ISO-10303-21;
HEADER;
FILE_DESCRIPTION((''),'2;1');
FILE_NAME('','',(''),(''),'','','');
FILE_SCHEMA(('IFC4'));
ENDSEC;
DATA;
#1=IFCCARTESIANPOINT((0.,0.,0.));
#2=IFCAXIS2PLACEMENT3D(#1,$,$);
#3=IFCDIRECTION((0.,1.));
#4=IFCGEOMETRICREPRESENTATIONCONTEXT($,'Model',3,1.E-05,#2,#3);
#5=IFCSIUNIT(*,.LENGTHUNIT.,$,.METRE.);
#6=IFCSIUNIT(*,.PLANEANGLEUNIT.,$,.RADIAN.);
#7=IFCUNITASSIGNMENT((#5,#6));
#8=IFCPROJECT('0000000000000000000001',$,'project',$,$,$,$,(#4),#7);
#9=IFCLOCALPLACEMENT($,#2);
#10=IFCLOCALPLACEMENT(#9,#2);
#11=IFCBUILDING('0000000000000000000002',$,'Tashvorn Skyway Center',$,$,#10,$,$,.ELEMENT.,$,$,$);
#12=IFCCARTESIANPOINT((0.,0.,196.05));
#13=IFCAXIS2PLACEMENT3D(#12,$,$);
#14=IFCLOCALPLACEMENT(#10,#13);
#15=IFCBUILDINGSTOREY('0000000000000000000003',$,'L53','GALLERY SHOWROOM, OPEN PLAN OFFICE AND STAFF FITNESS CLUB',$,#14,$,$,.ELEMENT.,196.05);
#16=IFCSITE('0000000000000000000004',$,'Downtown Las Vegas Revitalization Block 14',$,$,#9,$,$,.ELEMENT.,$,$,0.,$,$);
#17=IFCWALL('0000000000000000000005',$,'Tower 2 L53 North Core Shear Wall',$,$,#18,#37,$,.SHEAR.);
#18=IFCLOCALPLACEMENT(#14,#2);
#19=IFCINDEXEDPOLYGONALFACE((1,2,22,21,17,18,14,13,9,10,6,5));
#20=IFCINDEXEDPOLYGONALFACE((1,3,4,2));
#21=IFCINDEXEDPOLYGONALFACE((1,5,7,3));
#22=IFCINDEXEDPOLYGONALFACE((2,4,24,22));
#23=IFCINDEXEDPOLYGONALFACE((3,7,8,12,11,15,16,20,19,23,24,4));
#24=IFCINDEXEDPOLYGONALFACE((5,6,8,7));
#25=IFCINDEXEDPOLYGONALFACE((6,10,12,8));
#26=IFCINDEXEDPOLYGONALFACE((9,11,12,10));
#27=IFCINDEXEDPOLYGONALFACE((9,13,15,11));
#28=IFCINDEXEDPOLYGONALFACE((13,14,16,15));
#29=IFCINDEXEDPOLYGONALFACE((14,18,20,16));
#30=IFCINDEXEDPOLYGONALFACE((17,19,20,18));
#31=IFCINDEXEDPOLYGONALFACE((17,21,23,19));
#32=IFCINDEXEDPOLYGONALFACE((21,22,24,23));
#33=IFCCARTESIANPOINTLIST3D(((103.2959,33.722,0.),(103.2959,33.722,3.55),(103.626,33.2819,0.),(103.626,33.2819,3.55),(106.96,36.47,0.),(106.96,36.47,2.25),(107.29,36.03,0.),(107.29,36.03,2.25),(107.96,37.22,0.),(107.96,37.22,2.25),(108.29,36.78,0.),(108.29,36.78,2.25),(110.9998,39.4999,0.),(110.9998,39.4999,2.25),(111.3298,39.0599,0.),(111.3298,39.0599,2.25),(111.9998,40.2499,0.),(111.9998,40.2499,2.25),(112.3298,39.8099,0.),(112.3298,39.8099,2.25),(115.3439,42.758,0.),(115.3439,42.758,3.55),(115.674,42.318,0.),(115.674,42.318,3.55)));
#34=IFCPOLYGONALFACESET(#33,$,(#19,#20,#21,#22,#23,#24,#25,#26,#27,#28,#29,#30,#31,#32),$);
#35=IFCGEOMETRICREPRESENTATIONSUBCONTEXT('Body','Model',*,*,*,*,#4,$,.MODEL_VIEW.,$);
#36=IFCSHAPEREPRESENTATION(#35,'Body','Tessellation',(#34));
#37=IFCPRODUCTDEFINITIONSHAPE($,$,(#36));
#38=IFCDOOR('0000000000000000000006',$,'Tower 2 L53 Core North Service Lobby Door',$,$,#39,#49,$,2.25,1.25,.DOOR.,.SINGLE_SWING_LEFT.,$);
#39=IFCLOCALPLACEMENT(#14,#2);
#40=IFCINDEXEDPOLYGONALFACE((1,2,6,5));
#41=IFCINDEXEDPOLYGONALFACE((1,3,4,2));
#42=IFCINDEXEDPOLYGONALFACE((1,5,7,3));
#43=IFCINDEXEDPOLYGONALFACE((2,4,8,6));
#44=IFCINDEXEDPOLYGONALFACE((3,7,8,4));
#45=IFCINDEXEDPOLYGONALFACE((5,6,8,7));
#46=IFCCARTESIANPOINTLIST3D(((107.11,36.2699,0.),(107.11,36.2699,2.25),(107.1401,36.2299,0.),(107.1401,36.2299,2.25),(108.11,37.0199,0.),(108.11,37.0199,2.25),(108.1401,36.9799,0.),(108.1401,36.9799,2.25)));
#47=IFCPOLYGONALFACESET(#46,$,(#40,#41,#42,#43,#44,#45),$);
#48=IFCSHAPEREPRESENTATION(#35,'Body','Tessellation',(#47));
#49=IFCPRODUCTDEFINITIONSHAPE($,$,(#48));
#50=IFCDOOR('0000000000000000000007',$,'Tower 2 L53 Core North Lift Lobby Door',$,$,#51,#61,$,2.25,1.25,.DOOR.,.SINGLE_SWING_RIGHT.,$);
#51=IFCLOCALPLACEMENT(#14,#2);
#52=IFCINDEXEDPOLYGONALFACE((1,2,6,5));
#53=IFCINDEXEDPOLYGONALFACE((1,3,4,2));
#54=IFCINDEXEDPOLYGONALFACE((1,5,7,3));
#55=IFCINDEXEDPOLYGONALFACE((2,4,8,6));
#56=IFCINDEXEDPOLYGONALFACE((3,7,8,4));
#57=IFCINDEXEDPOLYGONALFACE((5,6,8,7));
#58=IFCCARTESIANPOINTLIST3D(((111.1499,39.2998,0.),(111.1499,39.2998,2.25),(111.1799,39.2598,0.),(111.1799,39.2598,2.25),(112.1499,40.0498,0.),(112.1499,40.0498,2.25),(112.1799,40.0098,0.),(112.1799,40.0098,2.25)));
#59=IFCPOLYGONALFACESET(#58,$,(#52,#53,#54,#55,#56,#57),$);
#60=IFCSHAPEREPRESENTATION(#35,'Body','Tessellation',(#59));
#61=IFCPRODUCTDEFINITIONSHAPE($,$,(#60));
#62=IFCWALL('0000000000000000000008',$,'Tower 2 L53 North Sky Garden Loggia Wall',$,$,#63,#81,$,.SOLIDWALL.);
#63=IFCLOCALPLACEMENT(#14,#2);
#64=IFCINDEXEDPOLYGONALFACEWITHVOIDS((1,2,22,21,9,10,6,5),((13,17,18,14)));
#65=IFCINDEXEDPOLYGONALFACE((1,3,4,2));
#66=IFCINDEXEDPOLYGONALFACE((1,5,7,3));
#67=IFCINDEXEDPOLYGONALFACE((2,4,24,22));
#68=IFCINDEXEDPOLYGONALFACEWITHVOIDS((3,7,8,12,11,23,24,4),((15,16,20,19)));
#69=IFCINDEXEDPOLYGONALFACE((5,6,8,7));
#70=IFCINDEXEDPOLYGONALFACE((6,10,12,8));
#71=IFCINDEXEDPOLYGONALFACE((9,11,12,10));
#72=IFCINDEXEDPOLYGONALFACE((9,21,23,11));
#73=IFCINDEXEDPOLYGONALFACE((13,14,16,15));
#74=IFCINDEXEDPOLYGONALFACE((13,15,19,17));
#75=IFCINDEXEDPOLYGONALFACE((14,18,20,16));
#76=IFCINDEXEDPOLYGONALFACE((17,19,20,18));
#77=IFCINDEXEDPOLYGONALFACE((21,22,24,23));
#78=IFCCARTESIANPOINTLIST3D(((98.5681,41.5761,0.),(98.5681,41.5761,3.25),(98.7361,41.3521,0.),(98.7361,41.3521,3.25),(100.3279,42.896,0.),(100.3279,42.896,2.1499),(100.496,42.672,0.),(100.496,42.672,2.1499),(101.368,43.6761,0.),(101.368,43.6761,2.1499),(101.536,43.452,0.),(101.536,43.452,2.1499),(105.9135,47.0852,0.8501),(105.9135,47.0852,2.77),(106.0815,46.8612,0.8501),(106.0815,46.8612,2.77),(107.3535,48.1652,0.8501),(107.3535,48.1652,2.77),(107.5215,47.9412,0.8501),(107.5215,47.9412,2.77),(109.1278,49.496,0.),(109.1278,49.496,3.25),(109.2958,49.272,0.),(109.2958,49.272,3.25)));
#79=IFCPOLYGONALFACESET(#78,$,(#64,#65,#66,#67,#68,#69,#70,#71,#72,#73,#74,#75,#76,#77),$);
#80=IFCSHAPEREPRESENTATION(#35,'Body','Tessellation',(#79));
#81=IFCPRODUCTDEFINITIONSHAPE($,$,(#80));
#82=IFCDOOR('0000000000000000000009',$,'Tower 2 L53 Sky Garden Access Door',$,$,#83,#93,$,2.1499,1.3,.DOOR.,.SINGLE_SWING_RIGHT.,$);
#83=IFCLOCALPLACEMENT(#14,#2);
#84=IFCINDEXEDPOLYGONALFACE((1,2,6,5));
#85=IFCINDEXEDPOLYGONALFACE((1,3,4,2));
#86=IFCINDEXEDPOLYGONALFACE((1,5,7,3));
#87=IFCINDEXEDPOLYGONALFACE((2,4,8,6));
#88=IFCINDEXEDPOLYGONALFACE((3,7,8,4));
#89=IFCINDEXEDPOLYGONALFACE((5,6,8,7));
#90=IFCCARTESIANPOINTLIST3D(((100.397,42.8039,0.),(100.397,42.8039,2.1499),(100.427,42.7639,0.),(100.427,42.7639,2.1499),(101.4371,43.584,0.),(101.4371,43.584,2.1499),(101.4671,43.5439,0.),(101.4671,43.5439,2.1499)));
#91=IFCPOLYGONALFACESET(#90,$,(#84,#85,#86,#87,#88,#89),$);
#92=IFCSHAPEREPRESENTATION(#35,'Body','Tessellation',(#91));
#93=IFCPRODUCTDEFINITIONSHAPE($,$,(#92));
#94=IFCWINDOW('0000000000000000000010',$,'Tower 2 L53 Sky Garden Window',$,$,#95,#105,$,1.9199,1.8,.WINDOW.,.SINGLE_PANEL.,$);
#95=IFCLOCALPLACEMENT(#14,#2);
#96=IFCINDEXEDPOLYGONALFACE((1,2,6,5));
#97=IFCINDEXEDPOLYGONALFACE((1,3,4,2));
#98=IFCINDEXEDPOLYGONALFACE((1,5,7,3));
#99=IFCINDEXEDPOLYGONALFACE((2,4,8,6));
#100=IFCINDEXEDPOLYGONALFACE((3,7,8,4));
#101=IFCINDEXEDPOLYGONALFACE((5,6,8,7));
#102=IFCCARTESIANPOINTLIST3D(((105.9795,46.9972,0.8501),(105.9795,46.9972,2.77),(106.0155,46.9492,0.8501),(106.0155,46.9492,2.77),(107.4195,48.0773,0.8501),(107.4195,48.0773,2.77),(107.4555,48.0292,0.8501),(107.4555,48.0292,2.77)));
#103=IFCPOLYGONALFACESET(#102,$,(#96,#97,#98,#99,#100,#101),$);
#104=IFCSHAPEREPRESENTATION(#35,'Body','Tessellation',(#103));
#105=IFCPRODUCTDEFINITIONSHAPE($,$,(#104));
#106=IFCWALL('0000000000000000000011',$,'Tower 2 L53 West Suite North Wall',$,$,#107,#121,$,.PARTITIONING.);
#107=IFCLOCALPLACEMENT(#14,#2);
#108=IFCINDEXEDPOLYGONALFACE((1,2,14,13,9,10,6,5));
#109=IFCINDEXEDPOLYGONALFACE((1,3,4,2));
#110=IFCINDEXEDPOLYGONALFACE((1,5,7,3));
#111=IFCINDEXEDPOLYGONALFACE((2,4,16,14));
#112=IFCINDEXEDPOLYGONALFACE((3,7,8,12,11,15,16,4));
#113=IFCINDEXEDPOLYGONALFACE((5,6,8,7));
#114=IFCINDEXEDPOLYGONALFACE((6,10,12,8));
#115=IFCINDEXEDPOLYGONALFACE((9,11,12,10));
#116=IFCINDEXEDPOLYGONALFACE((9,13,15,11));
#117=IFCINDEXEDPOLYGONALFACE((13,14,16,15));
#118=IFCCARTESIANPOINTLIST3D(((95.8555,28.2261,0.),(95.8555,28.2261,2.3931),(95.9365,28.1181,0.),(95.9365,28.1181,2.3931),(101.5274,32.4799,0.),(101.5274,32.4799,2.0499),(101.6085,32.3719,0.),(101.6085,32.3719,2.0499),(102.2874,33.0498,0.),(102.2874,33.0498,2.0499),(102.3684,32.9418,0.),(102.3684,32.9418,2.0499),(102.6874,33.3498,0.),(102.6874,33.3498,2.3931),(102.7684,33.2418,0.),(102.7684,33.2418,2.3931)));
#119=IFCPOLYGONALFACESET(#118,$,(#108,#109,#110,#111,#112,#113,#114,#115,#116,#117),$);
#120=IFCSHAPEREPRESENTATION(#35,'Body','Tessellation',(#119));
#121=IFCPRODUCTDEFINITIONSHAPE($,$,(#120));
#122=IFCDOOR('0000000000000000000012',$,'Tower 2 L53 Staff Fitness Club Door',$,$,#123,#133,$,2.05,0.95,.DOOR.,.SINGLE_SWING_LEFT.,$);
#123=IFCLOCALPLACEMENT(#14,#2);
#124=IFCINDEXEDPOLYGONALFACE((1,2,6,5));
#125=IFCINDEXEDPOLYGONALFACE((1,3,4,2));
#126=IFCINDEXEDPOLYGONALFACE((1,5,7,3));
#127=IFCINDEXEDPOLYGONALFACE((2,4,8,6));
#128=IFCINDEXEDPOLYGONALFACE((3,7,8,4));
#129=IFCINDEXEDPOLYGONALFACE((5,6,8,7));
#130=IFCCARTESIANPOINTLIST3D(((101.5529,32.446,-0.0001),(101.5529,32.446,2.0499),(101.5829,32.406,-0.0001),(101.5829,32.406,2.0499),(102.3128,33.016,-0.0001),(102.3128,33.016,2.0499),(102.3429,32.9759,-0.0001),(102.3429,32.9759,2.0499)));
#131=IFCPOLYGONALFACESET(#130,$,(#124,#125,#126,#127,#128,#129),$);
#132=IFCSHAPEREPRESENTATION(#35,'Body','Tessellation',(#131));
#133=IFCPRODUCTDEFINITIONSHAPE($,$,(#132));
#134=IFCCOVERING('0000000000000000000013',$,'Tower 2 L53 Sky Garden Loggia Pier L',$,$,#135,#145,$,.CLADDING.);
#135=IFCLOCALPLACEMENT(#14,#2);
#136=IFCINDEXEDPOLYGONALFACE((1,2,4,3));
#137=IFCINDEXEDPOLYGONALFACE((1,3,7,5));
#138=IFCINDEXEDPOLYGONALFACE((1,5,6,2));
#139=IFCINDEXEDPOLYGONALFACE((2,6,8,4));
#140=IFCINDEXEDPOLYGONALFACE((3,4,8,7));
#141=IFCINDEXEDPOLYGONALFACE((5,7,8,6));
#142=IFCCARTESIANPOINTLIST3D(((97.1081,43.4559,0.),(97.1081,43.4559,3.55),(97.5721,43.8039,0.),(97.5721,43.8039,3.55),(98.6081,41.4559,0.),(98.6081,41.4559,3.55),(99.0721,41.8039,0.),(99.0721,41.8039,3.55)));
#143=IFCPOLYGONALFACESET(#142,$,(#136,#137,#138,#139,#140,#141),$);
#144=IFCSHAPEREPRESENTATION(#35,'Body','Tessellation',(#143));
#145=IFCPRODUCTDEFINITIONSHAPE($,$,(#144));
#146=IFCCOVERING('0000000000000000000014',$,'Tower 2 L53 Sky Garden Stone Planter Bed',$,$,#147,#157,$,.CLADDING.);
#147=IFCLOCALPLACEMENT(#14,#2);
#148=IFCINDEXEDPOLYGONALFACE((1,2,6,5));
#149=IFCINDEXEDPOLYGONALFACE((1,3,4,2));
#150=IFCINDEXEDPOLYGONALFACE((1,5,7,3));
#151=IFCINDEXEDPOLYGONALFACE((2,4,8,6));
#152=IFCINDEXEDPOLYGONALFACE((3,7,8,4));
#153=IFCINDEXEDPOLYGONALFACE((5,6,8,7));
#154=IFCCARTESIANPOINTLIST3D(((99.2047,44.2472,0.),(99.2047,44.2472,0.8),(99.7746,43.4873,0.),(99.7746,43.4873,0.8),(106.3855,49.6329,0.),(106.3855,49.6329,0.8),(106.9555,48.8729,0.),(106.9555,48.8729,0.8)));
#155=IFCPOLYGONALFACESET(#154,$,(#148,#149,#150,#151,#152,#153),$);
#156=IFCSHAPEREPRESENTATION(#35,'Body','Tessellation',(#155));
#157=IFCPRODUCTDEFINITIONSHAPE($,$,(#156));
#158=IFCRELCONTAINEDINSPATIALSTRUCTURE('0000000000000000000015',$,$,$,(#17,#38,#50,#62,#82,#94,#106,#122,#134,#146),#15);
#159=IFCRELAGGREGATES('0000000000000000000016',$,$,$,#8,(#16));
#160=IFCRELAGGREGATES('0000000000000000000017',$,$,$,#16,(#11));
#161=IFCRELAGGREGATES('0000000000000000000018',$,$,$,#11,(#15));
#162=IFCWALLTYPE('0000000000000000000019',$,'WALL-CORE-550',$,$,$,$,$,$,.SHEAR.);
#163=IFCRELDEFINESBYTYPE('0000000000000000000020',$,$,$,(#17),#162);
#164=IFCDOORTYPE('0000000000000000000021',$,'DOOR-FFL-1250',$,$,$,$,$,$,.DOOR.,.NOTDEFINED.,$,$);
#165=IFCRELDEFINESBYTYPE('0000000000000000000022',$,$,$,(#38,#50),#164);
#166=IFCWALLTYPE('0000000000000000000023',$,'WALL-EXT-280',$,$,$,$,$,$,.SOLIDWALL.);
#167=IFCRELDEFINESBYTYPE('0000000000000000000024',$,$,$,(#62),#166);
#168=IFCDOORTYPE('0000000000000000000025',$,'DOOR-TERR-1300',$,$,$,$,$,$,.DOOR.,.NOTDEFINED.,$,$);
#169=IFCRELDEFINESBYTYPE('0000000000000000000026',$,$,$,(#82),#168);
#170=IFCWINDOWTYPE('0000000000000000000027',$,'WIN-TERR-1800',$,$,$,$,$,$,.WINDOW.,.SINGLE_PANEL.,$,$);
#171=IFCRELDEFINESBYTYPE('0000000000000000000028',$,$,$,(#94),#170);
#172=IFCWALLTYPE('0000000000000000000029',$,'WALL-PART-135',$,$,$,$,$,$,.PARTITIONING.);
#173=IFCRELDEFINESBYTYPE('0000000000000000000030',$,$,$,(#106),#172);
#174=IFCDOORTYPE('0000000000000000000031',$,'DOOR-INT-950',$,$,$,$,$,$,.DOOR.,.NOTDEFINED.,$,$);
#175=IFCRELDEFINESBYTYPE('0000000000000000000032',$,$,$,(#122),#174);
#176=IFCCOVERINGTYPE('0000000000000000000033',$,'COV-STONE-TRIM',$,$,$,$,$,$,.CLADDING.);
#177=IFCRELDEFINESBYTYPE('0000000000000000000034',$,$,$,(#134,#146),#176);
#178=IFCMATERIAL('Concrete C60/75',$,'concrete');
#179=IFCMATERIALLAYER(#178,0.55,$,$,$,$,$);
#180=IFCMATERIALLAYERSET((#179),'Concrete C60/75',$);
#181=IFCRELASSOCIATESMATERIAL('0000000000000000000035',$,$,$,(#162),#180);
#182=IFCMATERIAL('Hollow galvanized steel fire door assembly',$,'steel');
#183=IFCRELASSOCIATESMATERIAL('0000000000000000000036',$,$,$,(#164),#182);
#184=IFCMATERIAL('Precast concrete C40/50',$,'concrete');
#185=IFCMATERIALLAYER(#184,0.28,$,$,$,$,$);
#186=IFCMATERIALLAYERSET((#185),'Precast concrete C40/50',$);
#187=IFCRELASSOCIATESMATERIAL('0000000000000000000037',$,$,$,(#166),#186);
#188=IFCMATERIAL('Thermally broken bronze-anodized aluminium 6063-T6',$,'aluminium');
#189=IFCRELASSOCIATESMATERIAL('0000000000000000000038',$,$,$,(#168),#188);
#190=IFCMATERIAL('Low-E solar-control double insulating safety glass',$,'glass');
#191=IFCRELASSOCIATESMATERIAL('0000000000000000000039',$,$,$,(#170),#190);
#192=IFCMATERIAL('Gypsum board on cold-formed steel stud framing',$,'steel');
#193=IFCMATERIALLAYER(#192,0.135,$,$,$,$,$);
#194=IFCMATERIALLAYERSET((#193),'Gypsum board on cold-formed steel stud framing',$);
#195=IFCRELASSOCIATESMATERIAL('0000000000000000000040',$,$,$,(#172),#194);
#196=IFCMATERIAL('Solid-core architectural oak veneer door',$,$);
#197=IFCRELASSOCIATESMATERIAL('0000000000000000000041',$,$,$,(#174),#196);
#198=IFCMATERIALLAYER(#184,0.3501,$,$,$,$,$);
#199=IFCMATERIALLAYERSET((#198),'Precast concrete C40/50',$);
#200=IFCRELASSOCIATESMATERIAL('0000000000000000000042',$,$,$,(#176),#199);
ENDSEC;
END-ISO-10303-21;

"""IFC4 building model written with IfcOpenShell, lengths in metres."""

from ifc_helpers import new_model, si_unit, direction, frame, frame_2d, origin, origin_2d, place, context, subcontext, project, spatial, rectangle, extrude, material, layer, layer_set, type_object, element, fill, save


model = new_model("IFC4")

# Units and contexts
model_context = context("Model", 3, precision=1e-05, world=origin(), true_north=direction((0.0, 1.0)))
body_context = subcontext(model_context, "Body", "Model", "MODEL_VIEW")
ifc_project = project(units=[si_unit("LENGTHUNIT", "METRE"), si_unit("PLANEANGLEUNIT", "RADIAN")], contexts=[model_context])

# Site, building, storey
site_placement = place(None, origin())
site = spatial("IfcSite", under=ifc_project, at=site_placement, Name="Downtown Las Vegas Revitalization Block 14", CompositionType="ELEMENT", RefElevation=0.0)
building_placement = place(site_placement, origin())
building = spatial("IfcBuilding", under=site, at=building_placement, Name="Tashvorn Skyway Center", CompositionType="ELEMENT")
storey_placement = place(building_placement, frame((0.0, 0.0, 196.05)))
storey = spatial("IfcBuildingStorey", under=building, at=storey_placement, Name="L53", Description="GALLERY SHOWROOM, OPEN PLAN OFFICE AND STAFF FITNESS CLUB", CompositionType="ELEMENT", Elevation=196.05)

# Shared definitions
ifc_material_1 = material(Name="Thermally broken bronze-anodized aluminium 6063-T6", Category="aluminium")

# Wall, openings, doors
ifc_material_2 = material(Name="Concrete C60/75", Category="concrete")
ifc_layer_1 = layer(ifc_material_2, 0.55)
ifc_layer_set_1 = layer_set([ifc_layer_1], Name="Concrete C60/75")
wall_type_1 = type_object("IfcWallType", Name="WALL-CORE-550", PredefinedType="SHEAR", material=ifc_layer_set_1)
wall_1_placement = place(storey_placement, frame((103.4609, 33.502, 0.0), z_axis=(0.0, 0.0, 1.0), x_axis=(0.799998, 0.600003, 0.0)))
wall_1 = element("IfcWall", 1, at=wall_1_placement, inside=storey, type_object=wall_type_1, Name="Tower 2 L53 North Core Shear Wall", PredefinedType="SHEAR", context=body_context, shape_type="SweptSolid", body=[
    extrude(rectangle(XDim=15.0601, YDim=0.55, at=frame_2d((7.53, 0.0))), origin(), (0.0, 0.0, 1.0), 3.55),
])
opening_1_placement = place(wall_1_placement, frame((4.5801, 0.0, 0.0)))
opening_1 = element("IfcOpeningElement", 2, at=opening_1_placement, cuts=wall_1, PredefinedType="OPENING", context=body_context, shape_type="SweptSolid", body=[
    extrude(rectangle(XDim=1.25, YDim=2.25, at=frame_2d((0.625, 1.125))), frame((0.0, 0.2849, 0.0), z_axis=(0.0, -1.0, 0.0), x_axis=(1.0, 0.0, 0.0)), (0.0, 0.0, 1.0), 0.5701),
])
opening_2_placement = place(wall_1_placement, frame((9.6299, 0.0, 0.0)))
opening_2 = element("IfcOpeningElement", 3, at=opening_2_placement, cuts=wall_1, PredefinedType="OPENING", context=body_context, shape_type="SweptSolid", body=[
    extrude(rectangle(XDim=1.25, YDim=2.25, at=frame_2d((0.625, 1.125))), frame((0.0, 0.2849, 0.0), z_axis=(0.0, -1.0, 0.0), x_axis=(1.0, 0.0, 0.0)), (0.0, 0.0, 1.0), 0.5701),
])
ifc_material_3 = material(Name="Hollow galvanized steel fire door assembly", Category="steel")
door_type_1 = type_object("IfcDoorType", Name="DOOR-FFL-1250", OperationType="NOTDEFINED", PredefinedType="DOOR", material=ifc_material_3)
door_1_placement = place(opening_1_placement, origin())
door_1 = element("IfcDoor", 4, at=door_1_placement, inside=storey, type_object=door_type_1, Name="Tower 2 L53 Core North Service Lobby Door", OperationType="SINGLE_SWING_LEFT", OverallHeight=2.25, OverallWidth=1.25, PredefinedType="DOOR", context=body_context, shape_type="SweptSolid", body=[
    extrude(rectangle(XDim=1.25, YDim=2.25, at=frame_2d((0.625, 1.125))), frame((0.0, 0.0249, 0.0), z_axis=(0.0, -1.0, 0.0), x_axis=(1.0, 0.0, 0.0)), (0.0, 0.0, 1.0), 0.05),
])
fill(opening_1, door_1)
door_2_placement = place(opening_2_placement, origin())
door_2 = element("IfcDoor", 5, at=door_2_placement, inside=storey, type_object=door_type_1, Name="Tower 2 L53 Core North Lift Lobby Door", OperationType="SINGLE_SWING_RIGHT", OverallHeight=2.25, OverallWidth=1.25, PredefinedType="DOOR", context=body_context, shape_type="SweptSolid", body=[
    extrude(rectangle(XDim=1.25, YDim=2.25, at=frame_2d((0.625, 1.125))), frame((0.0, 0.0249, 0.0), z_axis=(0.0, -1.0, 0.0), x_axis=(1.0, 0.0, 0.0)), (0.0, 0.0, 1.0), 0.05),
])
fill(opening_2, door_2)

# Wall, openings, door, window
ifc_material_4 = material(Name="Precast concrete C40/50", Category="concrete")
ifc_layer_2 = layer(ifc_material_4, 0.28)
ifc_layer_set_2 = layer_set([ifc_layer_2], Name="Precast concrete C40/50")
wall_type_2 = type_object("IfcWallType", Name="WALL-EXT-280", PredefinedType="SOLIDWALL", material=ifc_layer_set_2)
wall_2_placement = place(storey_placement, frame((98.6521, 41.4641, 0.0), z_axis=(0.0, 0.0, 1.0), x_axis=(0.799998, 0.600003, 0.0)))
wall_2 = element("IfcWall", 6, at=wall_2_placement, inside=storey, type_object=wall_type_2, Name="Tower 2 L53 North Sky Garden Loggia Wall", PredefinedType="SOLIDWALL", context=body_context, shape_type="SweptSolid", body=[
    extrude(rectangle(XDim=13.1997, YDim=0.28, at=frame_2d((6.5999, 0.0))), origin(), (0.0, 0.0, 1.0), 3.25),
])
opening_3_placement = place(wall_2_placement, frame((2.2, 0.0, 0.0)))
opening_3 = element("IfcOpeningElement", 7, at=opening_3_placement, cuts=wall_2, PredefinedType="OPENING", context=body_context, shape_type="SweptSolid", body=[
    extrude(rectangle(XDim=1.3, YDim=2.1499, at=frame_2d((0.6499, 1.075))), frame((0.0, 0.1499, 0.0), z_axis=(0.0, -1.0, 0.0), x_axis=(1.0, 0.0, 0.0)), (0.0, 0.0, 1.0), 0.3),
])
opening_4_placement = place(wall_2_placement, frame((9.1819, 0.0, 0.8501)))
opening_4 = element("IfcOpeningElement", 8, at=opening_4_placement, cuts=wall_2, PredefinedType="OPENING", context=body_context, shape_type="SweptSolid", body=[
    extrude(rectangle(XDim=1.8, YDim=1.9199, at=frame_2d((0.8999, 0.96))), frame((0.0, 0.1499, 0.0), z_axis=(0.0, -1.0, 0.0), x_axis=(1.0, 0.0, 0.0)), (0.0, 0.0, 1.0), 0.3),
])
door_type_2 = type_object("IfcDoorType", Name="DOOR-TERR-1300", OperationType="NOTDEFINED", PredefinedType="DOOR", material=ifc_material_1)
door_3_placement = place(opening_3_placement, origin())
door_3 = element("IfcDoor", 9, at=door_3_placement, inside=storey, type_object=door_type_2, Name="Tower 2 L53 Sky Garden Access Door", OperationType="SINGLE_SWING_RIGHT", OverallHeight=2.1499, OverallWidth=1.3, PredefinedType="DOOR", context=body_context, shape_type="SweptSolid", body=[
    extrude(rectangle(XDim=1.3, YDim=2.1499, at=frame_2d((0.6499, 1.075))), frame((0.0, 0.0249, 0.0), z_axis=(0.0, -1.0, 0.0), x_axis=(1.0, 0.0, 0.0)), (0.0, 0.0, 1.0), 0.05),
])
fill(opening_3, door_3)
ifc_material_5 = material(Name="Low-E solar-control double insulating safety glass", Category="glass")
window_type = type_object("IfcWindowType", Name="WIN-TERR-1800", PartitioningType="SINGLE_PANEL", PredefinedType="WINDOW", material=ifc_material_5)
window_placement = place(opening_4_placement, origin())
window = element("IfcWindow", 10, at=window_placement, inside=storey, type_object=window_type, Name="Tower 2 L53 Sky Garden Window", OverallHeight=1.9199, OverallWidth=1.8, PartitioningType="SINGLE_PANEL", PredefinedType="WINDOW", context=body_context, shape_type="SweptSolid", body=[
    extrude(rectangle(XDim=1.8, YDim=1.9199, at=frame_2d((0.8999, 0.96))), frame((0.0, 0.03, 0.0), z_axis=(0.0, -1.0, 0.0), x_axis=(1.0, 0.0, 0.0)), (0.0, 0.0, 1.0), 0.0601),
])
fill(opening_4, window)

# Wall, opening, door
ifc_material_6 = material(Name="Gypsum board on cold-formed steel stud framing", Category="steel")
ifc_layer_3 = layer(ifc_material_6, 0.135)
ifc_layer_set_3 = layer_set([ifc_layer_3], Name="Gypsum board on cold-formed steel stud framing")
wall_type_3 = type_object("IfcWallType", Name="WALL-PART-135", PredefinedType="PARTITIONING", material=ifc_layer_set_3)
wall_3_placement = place(storey_placement, frame((102.728, 33.2959, 0.0), z_axis=(0.0, 0.0, 1.0), x_axis=(-0.800014, -0.599982, 0.0)))
wall_3 = element("IfcWall", 11, at=wall_3_placement, inside=storey, type_object=wall_type_3, Name="Tower 2 L53 West Suite North Wall", PredefinedType="PARTITIONING", context=body_context, shape_type="SweptSolid", body=[
    extrude(rectangle(XDim=8.5398, YDim=0.135, at=frame_2d((4.27, 0.0))), origin(), (0.0, 0.0, 1.0), 2.3931),
])
opening_5_placement = place(wall_3_placement, frame((0.5, 0.0, 0.0)))
opening_5 = element("IfcOpeningElement", 12, at=opening_5_placement, cuts=wall_3, PredefinedType="OPENING", context=body_context, shape_type="SweptSolid", body=[
    extrude(rectangle(XDim=0.95, YDim=2.05, at=frame_2d((0.4751, 1.0249))), frame((0.0, 0.0774, 0.0), z_axis=(0.0, -1.0, 0.0), x_axis=(1.0, 0.0, 0.0)), (0.0, 0.0, 1.0), 0.155),
])
ifc_material_7 = material(Name="Solid-core architectural oak veneer door")
door_type_3 = type_object("IfcDoorType", Name="DOOR-INT-950", OperationType="NOTDEFINED", PredefinedType="DOOR", material=ifc_material_7)
door_4_placement = place(opening_5_placement, origin())
door_4 = element("IfcDoor", 13, at=door_4_placement, inside=storey, type_object=door_type_3, Name="Tower 2 L53 Staff Fitness Club Door", OperationType="SINGLE_SWING_LEFT", OverallHeight=2.05, OverallWidth=0.95, PredefinedType="DOOR", context=body_context, shape_type="SweptSolid", body=[
    extrude(rectangle(XDim=0.95, YDim=2.05, at=frame_2d((0.4751, 1.0249))), frame((0.0, 0.0249, 0.0), z_axis=(0.0, -1.0, 0.0), x_axis=(1.0, 0.0, 0.0)), (0.0, 0.0, 1.0), 0.05),
])
fill(opening_5, door_4)

# Coverings
ifc_layer_4 = layer(ifc_material_4, 0.3501)
ifc_layer_set_4 = layer_set([ifc_layer_4], Name="Precast concrete C40/50")
covering_type = type_object("IfcCoveringType", Name="COV-STONE-TRIM", PredefinedType="CLADDING", material=ifc_layer_set_4)
covering_1_placement = place(storey_placement, frame((98.0901, 42.6299, 0.0), z_axis=(0.0, 0.0, 1.0), x_axis=(0.8, 0.6, 0.0)))
element("IfcCovering", 14, at=covering_1_placement, inside=storey, type_object=covering_type, Name="Tower 2 L53 Sky Garden Loggia Pier L", PredefinedType="CLADDING", context=body_context, shape_type="SweptSolid", body=[
    extrude(rectangle(XDim=0.5801, YDim=2.5, at=origin_2d()), origin(), (0.0, 0.0, 1.0), 3.55),
])
covering_2_placement = place(storey_placement, frame((103.0801, 46.5601, 0.0), z_axis=(0.0, 0.0, 1.0), x_axis=(0.8, 0.6, 0.0)))
element("IfcCovering", 15, at=covering_2_placement, inside=storey, type_object=covering_type, Name="Tower 2 L53 Sky Garden Stone Planter Bed", PredefinedType="CLADDING", context=body_context, shape_type="SweptSolid", body=[
    extrude(rectangle(XDim=8.9761, YDim=0.95, at=origin_2d()), origin(), (0.0, 0.0, 1.0), 0.8),
])

save(model, "model.ifc")
